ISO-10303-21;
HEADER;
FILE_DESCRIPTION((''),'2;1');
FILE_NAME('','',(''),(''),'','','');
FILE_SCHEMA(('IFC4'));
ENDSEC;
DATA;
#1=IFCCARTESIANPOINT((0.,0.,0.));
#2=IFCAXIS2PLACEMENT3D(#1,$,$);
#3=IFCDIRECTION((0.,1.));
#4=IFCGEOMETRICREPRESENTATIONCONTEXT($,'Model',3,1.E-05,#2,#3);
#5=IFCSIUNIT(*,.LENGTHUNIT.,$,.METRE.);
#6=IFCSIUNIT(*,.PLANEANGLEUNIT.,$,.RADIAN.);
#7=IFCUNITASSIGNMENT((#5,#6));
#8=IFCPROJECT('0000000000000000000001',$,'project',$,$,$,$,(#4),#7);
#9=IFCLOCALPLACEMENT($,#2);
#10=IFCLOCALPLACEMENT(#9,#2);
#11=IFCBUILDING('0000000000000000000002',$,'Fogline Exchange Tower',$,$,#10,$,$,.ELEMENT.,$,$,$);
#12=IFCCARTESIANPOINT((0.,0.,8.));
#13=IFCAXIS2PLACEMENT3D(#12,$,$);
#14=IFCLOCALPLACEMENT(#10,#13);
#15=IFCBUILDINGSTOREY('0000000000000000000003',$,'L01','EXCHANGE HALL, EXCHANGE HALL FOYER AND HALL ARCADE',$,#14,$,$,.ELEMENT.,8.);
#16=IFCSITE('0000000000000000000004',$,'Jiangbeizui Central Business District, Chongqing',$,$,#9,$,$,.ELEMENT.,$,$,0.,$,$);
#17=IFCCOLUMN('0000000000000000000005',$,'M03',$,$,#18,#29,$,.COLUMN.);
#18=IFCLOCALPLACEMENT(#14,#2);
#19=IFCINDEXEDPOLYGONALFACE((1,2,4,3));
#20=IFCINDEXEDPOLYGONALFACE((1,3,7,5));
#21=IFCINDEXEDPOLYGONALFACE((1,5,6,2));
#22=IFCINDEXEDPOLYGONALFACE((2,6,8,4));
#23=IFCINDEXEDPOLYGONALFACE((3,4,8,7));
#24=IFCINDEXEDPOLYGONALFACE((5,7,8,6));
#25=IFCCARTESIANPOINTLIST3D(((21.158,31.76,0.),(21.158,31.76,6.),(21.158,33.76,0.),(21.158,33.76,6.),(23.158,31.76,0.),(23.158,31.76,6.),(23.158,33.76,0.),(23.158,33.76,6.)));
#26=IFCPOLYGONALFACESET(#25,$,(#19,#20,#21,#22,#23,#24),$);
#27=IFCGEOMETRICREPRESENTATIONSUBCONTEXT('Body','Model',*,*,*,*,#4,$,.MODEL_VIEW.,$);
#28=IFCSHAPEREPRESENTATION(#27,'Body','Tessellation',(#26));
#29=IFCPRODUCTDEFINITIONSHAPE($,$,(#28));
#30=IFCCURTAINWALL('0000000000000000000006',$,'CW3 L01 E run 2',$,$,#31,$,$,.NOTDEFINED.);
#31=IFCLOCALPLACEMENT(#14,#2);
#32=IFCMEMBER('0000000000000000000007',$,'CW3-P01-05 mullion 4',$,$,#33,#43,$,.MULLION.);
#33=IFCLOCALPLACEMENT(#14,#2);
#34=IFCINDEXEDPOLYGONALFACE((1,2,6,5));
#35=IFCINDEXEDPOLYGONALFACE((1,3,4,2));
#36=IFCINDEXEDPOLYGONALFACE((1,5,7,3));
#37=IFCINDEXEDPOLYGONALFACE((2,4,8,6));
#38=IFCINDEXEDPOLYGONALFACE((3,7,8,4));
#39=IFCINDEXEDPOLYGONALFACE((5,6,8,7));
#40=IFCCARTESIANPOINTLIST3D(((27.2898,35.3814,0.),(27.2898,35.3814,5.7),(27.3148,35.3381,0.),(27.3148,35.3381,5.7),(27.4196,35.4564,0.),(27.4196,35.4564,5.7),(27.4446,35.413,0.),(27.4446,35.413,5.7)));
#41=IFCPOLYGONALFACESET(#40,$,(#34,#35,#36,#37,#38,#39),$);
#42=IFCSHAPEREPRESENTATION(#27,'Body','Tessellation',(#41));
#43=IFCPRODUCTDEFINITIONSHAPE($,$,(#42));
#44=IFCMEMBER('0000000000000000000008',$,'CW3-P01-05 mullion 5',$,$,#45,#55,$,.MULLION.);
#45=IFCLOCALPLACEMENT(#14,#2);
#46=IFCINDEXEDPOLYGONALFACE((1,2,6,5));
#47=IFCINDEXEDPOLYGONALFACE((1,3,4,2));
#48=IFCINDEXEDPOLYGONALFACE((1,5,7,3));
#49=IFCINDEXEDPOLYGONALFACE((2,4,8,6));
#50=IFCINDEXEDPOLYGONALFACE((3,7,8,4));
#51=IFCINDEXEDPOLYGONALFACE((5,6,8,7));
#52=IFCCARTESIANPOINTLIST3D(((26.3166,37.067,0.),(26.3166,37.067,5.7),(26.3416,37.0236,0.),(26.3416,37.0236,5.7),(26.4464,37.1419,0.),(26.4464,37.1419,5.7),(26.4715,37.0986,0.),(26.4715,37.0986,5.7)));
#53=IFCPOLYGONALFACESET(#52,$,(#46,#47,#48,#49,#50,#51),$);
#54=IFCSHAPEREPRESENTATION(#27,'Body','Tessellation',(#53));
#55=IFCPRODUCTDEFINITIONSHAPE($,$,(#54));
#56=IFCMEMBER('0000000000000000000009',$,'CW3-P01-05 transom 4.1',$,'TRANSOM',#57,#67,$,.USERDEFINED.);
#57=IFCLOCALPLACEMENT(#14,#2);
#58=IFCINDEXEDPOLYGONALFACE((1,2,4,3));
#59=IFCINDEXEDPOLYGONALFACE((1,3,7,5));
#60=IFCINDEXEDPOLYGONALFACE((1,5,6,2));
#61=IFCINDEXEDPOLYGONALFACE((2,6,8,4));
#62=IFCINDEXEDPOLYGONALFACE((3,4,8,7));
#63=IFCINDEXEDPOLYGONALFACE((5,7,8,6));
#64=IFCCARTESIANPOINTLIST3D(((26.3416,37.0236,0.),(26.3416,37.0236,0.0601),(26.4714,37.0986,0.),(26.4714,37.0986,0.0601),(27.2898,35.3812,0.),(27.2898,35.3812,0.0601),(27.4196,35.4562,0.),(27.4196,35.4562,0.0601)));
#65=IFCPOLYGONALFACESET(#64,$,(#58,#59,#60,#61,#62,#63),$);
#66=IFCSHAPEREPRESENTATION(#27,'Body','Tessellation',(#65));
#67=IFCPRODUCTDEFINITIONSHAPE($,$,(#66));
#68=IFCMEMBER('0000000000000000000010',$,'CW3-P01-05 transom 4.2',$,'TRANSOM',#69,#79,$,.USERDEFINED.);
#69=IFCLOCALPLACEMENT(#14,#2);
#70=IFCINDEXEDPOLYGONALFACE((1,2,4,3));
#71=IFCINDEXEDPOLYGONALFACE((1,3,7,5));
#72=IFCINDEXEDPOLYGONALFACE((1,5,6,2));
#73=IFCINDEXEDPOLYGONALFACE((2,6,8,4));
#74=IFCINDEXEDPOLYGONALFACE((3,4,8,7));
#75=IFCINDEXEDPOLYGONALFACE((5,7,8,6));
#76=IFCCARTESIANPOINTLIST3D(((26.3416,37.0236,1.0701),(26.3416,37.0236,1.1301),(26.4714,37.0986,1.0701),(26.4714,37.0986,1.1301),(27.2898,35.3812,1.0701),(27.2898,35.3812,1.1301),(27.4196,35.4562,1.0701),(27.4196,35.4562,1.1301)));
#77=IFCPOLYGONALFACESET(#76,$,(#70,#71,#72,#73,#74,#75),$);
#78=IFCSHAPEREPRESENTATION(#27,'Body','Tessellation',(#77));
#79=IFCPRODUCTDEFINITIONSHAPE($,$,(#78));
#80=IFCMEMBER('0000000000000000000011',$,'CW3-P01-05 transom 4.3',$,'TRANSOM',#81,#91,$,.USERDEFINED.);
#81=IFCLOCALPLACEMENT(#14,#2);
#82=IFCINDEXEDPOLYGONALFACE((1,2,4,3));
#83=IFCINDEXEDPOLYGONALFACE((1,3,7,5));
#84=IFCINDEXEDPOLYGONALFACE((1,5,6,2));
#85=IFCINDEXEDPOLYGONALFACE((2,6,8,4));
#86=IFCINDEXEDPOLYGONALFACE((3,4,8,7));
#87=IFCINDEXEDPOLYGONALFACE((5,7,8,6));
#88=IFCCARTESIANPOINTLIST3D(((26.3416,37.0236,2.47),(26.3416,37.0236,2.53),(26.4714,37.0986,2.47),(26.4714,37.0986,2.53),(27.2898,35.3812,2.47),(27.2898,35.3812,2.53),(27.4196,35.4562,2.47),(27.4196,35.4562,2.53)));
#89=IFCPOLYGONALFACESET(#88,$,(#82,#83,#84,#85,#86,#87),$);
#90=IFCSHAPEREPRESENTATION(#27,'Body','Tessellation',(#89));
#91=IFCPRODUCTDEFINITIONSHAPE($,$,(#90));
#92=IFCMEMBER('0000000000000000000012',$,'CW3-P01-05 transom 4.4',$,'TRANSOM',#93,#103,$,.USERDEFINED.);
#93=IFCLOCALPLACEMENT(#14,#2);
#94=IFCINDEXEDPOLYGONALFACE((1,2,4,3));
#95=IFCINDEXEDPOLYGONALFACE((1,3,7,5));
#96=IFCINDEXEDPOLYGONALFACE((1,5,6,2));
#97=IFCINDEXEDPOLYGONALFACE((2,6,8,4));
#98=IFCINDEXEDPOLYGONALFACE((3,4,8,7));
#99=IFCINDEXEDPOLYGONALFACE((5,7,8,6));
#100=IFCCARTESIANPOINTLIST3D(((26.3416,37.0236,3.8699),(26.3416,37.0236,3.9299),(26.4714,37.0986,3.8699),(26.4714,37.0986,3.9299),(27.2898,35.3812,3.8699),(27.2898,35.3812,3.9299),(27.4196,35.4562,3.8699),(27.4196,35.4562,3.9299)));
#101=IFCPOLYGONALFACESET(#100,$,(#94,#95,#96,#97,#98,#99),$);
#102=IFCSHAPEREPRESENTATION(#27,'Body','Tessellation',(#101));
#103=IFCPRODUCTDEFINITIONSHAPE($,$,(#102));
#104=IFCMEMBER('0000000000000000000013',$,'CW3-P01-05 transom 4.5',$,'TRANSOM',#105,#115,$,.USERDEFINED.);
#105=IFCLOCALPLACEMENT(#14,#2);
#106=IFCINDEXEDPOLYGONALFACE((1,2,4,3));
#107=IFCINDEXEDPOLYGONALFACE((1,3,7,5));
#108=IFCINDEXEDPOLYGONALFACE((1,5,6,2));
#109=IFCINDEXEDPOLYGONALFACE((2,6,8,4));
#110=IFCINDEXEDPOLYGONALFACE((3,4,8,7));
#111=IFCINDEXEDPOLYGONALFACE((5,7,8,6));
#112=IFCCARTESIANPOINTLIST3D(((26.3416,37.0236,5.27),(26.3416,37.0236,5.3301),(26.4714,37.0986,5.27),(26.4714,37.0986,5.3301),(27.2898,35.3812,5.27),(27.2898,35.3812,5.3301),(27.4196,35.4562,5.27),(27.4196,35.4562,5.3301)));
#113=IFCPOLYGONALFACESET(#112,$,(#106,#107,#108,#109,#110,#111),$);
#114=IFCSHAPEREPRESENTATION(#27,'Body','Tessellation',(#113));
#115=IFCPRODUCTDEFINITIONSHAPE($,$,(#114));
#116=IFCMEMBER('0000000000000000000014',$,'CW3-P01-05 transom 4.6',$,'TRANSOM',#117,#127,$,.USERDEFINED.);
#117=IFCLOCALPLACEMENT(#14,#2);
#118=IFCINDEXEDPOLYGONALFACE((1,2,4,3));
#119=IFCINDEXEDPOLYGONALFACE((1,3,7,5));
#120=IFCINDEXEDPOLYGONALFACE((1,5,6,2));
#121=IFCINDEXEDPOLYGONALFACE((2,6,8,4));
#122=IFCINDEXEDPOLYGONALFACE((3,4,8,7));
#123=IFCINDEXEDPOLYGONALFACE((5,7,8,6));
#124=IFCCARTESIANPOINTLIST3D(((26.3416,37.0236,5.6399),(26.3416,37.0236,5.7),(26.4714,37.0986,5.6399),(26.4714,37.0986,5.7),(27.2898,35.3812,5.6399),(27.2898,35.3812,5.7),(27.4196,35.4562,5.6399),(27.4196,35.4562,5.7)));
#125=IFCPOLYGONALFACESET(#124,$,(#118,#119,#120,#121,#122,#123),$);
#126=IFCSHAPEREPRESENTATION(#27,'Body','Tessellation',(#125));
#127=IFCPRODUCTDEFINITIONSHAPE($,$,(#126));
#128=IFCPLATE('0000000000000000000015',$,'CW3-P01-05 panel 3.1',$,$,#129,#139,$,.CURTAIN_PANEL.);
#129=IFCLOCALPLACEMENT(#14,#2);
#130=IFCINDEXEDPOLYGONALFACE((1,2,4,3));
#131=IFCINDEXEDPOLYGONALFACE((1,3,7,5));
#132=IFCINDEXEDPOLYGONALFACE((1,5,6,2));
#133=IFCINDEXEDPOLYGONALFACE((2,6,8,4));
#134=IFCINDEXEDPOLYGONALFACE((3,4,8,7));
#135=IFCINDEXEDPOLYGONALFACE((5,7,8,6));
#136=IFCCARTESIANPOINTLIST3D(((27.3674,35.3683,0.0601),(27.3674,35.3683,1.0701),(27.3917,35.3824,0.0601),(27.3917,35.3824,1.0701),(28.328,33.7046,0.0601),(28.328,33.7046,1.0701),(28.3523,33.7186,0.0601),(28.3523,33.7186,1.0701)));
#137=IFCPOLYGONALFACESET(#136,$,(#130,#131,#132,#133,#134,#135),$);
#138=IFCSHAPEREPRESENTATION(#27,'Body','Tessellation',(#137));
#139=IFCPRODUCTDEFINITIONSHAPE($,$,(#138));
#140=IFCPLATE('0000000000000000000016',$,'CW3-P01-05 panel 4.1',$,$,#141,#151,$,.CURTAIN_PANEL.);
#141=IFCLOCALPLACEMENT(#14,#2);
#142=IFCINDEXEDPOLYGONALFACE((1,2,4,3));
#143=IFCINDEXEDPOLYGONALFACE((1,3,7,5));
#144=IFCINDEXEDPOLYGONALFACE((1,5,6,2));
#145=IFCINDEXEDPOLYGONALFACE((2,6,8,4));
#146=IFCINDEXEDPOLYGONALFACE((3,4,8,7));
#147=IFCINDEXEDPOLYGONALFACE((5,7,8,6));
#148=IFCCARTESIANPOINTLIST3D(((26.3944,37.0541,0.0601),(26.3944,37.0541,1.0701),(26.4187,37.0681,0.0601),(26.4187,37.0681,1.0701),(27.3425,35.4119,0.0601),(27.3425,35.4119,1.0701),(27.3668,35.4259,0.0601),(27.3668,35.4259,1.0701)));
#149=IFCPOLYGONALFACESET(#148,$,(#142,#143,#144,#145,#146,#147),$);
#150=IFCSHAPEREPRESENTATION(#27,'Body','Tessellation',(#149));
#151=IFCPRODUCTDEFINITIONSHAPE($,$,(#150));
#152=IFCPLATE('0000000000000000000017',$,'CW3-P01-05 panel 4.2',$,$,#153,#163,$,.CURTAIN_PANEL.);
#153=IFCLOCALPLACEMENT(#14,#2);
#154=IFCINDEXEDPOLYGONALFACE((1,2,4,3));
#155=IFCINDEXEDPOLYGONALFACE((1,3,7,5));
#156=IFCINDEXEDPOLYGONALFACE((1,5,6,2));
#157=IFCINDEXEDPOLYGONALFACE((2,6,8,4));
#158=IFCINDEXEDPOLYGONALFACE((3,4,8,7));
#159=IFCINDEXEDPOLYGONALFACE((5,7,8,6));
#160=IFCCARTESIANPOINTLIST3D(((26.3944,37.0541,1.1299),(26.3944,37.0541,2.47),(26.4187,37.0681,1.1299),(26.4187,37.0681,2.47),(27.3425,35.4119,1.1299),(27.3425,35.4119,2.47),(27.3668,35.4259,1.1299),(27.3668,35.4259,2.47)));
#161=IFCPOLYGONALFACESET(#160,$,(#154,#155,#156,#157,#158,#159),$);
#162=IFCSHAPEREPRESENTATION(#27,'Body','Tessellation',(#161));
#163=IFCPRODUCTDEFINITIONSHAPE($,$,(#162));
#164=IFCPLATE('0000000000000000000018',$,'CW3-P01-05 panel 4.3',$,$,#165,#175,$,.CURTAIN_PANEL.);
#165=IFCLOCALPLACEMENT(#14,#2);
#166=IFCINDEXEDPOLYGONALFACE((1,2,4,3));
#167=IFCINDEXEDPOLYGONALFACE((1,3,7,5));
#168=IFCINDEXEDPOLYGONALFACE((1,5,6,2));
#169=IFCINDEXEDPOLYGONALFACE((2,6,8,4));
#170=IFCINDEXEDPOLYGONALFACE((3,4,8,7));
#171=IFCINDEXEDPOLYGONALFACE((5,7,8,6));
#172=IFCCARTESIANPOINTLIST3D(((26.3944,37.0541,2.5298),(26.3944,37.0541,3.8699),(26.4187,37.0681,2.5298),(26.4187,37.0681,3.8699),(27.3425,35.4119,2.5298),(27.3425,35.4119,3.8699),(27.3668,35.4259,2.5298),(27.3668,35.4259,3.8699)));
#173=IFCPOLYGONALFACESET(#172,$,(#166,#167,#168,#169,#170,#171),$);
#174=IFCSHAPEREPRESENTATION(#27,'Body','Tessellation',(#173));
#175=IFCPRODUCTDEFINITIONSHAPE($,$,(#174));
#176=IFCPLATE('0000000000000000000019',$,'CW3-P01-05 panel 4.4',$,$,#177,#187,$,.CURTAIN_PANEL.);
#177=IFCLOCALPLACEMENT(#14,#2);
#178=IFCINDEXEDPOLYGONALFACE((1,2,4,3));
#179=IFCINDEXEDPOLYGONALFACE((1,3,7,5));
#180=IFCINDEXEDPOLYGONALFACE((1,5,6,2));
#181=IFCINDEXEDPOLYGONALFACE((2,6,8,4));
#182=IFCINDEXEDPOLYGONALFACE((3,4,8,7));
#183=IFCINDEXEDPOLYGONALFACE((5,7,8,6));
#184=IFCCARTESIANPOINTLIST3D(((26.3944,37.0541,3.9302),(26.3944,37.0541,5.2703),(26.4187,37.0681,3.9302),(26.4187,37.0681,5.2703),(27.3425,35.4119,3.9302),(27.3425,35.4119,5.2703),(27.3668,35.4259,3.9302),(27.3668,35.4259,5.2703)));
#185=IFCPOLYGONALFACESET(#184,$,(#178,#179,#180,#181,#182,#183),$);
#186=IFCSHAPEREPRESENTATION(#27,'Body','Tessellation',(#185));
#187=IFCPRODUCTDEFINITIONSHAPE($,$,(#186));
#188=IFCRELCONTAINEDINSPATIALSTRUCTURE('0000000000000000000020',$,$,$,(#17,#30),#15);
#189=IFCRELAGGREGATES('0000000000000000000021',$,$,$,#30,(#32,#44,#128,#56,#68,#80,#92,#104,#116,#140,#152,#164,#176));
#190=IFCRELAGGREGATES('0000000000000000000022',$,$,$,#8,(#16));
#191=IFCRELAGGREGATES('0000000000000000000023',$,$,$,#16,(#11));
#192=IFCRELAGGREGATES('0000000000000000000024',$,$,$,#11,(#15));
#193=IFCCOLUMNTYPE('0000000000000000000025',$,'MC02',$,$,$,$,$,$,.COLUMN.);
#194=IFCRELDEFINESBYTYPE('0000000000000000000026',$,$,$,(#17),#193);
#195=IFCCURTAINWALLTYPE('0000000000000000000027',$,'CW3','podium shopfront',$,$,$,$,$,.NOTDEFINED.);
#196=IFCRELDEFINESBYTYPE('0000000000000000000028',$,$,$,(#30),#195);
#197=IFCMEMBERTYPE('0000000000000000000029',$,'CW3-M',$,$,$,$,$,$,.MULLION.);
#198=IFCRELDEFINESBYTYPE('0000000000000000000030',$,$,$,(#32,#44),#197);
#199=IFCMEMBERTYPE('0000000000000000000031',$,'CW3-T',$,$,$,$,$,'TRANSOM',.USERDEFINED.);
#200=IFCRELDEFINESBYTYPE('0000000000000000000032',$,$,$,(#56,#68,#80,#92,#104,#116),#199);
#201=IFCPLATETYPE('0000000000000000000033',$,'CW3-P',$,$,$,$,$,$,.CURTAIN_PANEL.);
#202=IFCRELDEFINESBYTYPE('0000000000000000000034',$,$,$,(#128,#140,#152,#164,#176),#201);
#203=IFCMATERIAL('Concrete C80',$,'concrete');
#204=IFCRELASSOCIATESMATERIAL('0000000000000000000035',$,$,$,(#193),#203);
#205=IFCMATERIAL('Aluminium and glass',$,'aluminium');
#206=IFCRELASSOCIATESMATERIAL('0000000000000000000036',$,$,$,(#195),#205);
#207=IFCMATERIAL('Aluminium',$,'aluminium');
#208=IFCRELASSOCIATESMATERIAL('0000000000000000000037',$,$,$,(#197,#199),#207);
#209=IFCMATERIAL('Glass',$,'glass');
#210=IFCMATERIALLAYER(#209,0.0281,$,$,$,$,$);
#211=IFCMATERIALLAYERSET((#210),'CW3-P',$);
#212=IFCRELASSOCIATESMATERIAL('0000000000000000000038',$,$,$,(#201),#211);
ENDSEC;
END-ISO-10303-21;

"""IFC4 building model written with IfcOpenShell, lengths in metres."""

from ifc_helpers import new_model, si_unit, direction, frame, origin, origin_2d, place, context, subcontext, project, spatial, rectangle, extrude, material, layer, layer_set, material_profile, profile_set, type_object, element, aggregate, save


model = new_model("IFC4")

# Units and contexts
model_context = context("Model", 3, precision=1e-05, world=origin(), true_north=direction((0.0, 1.0)))
body_context = subcontext(model_context, "Body", "Model", "MODEL_VIEW")
ifc_project = project(units=[si_unit("LENGTHUNIT", "METRE"), si_unit("PLANEANGLEUNIT", "RADIAN")], contexts=[model_context])

# Site, building, storey
site_placement = place(None, origin())
site = spatial("IfcSite", under=ifc_project, at=site_placement, Name="Jiangbeizui Central Business District, Chongqing", CompositionType="ELEMENT", RefElevation=0.0)
building_placement = place(site_placement, origin())
building = spatial("IfcBuilding", under=site, at=building_placement, Name="Fogline Exchange Tower", CompositionType="ELEMENT")
storey_placement = place(building_placement, frame((0.0, 0.0, 8.0)))
storey = spatial("IfcBuildingStorey", under=building, at=storey_placement, Name="L01", Description="EXCHANGE HALL, EXCHANGE HALL FOYER AND HALL ARCADE", CompositionType="ELEMENT", Elevation=8.0)

# Column
ifc_material_1 = material(Name="Concrete C80", Category="concrete")
ifc_material_profile_1 = material_profile(ifc_material_1, rectangle(XDim=2.0, YDim=2.0, at=origin_2d()), Name="RC 2000x2000")
ifc_profile_set_1 = profile_set([ifc_material_profile_1], Name="Concrete C80")
column_type = type_object("IfcColumnType", Name="MC02", PredefinedType="COLUMN", material=ifc_profile_set_1)
column_placement = place(storey_placement, frame((22.158, 32.76, 0.0), z_axis=(0.0, 0.0, 1.0), x_axis=(1.0, 0.0, 0.0)))
element("IfcColumn", 1, at=column_placement, inside=storey, type_object=column_type, Name="M03", PredefinedType="COLUMN", context=body_context, shape_type="SweptSolid", body=[
    extrude(rectangle(XDim=2.0, YDim=2.0, at=origin_2d()), origin(), (0.0, 0.0, 1.0), 6.0),
])

# Curtain wall, members, plates
ifc_material_2 = material(Name="Aluminium and glass", Category="aluminium")
curtain_wall_type = type_object("IfcCurtainWallType", Name="CW3", Description="podium shopfront", PredefinedType="NOTDEFINED", material=ifc_material_2)
curtain_wall_placement = place(storey_placement, origin())
curtain_wall = element("IfcCurtainWall", 2, at=curtain_wall_placement, inside=storey, type_object=curtain_wall_type, Name="CW3 L01 E run 2", PredefinedType="NOTDEFINED")
ifc_material_3 = material(Name="Aluminium", Category="aluminium")
ifc_material_profile_2 = material_profile(ifc_material_3, rectangle(XDim=0.1499, YDim=0.05, at=origin_2d()), Name="Mullion 50x150")
ifc_profile_set_2 = profile_set([ifc_material_profile_2], Name="Aluminium")
member_type_1 = type_object("IfcMemberType", Name="CW3-M", PredefinedType="MULLION", material=ifc_profile_set_2)
member_1_placement = place(storey_placement, frame((27.3672, 35.3972, 0.0), z_axis=(0.0, 0.0, 1.0), x_axis=(-0.866025, -0.5, 0.0)))
member_1 = element("IfcMember", 3, at=member_1_placement, type_object=member_type_1, Name="CW3-P01-05 mullion 4", PredefinedType="MULLION", context=body_context, shape_type="SweptSolid", body=[
    extrude(rectangle(XDim=0.1499, YDim=0.05, at=origin_2d()), origin(), (0.0, 0.0, 1.0), 5.7),
])
member_2_placement = place(storey_placement, frame((26.394, 37.0828, 0.0), z_axis=(0.0, 0.0, 1.0), x_axis=(-0.866025, -0.5, 0.0)))
member_2 = element("IfcMember", 4, at=member_2_placement, type_object=member_type_1, Name="CW3-P01-05 mullion 5", PredefinedType="MULLION", context=body_context, shape_type="SweptSolid", body=[
    extrude(rectangle(XDim=0.1499, YDim=0.05, at=origin_2d()), origin(), (0.0, 0.0, 1.0), 5.7),
])
ifc_material_profile_3 = material_profile(ifc_material_3, rectangle(XDim=0.1499, YDim=0.0601, at=origin_2d()), Name="Transom 60x150")
ifc_profile_set_3 = profile_set([ifc_material_profile_3], Name="Aluminium")
member_type_2 = type_object("IfcMemberType", Name="CW3-T", ElementType="TRANSOM", PredefinedType="USERDEFINED", material=ifc_profile_set_3)
member_3_placement = place(storey_placement, frame((27.3547, 35.4187, 0.03), z_axis=(-0.500016, 0.866016, 0.0), x_axis=(-0.866016, -0.500016, 0.0)))
member_3 = element("IfcMember", 5, at=member_3_placement, type_object=member_type_2, Name="CW3-P01-05 transom 4.1", ObjectType="TRANSOM", PredefinedType="USERDEFINED", context=body_context, shape_type="SweptSolid", body=[
    extrude(rectangle(XDim=0.1499, YDim=0.0601, at=origin_2d()), origin(), (0.0, 0.0, 1.0), 1.8965),
])
member_4_placement = place(storey_placement, frame((27.3547, 35.4187, 1.1001), z_axis=(-0.500016, 0.866016, 0.0), x_axis=(-0.866016, -0.500016, 0.0)))
member_4 = element("IfcMember", 6, at=member_4_placement, type_object=member_type_2, Name="CW3-P01-05 transom 4.2", ObjectType="TRANSOM", PredefinedType="USERDEFINED", context=body_context, shape_type="SweptSolid", body=[
    extrude(rectangle(XDim=0.1499, YDim=0.0601, at=origin_2d()), origin(), (0.0, 0.0, 1.0), 1.8965),
])
member_5_placement = place(storey_placement, frame((27.3547, 35.4187, 2.5), z_axis=(-0.500016, 0.866016, 0.0), x_axis=(-0.866016, -0.500016, 0.0)))
member_5 = element("IfcMember", 7, at=member_5_placement, type_object=member_type_2, Name="CW3-P01-05 transom 4.3", ObjectType="TRANSOM", PredefinedType="USERDEFINED", context=body_context, shape_type="SweptSolid", body=[
    extrude(rectangle(XDim=0.1499, YDim=0.0601, at=origin_2d()), origin(), (0.0, 0.0, 1.0), 1.8965),
])
member_6_placement = place(storey_placement, frame((27.3547, 35.4187, 3.8999), z_axis=(-0.500016, 0.866016, 0.0), x_axis=(-0.866016, -0.500016, 0.0)))
member_6 = element("IfcMember", 8, at=member_6_placement, type_object=member_type_2, Name="CW3-P01-05 transom 4.4", ObjectType="TRANSOM", PredefinedType="USERDEFINED", context=body_context, shape_type="SweptSolid", body=[
    extrude(rectangle(XDim=0.1499, YDim=0.0601, at=origin_2d()), origin(), (0.0, 0.0, 1.0), 1.8965),
])
member_7_placement = place(storey_placement, frame((27.3547, 35.4187, 5.3), z_axis=(-0.500016, 0.866016, 0.0), x_axis=(-0.866016, -0.500016, 0.0)))
member_7 = element("IfcMember", 9, at=member_7_placement, type_object=member_type_2, Name="CW3-P01-05 transom 4.5", ObjectType="TRANSOM", PredefinedType="USERDEFINED", context=body_context, shape_type="SweptSolid", body=[
    extrude(rectangle(XDim=0.1499, YDim=0.0601, at=origin_2d()), origin(), (0.0, 0.0, 1.0), 1.8965),
])
member_8_placement = place(storey_placement, frame((27.3547, 35.4187, 5.6699), z_axis=(-0.500016, 0.866016, 0.0), x_axis=(-0.866016, -0.500016, 0.0)))
member_8 = element("IfcMember", 10, at=member_8_placement, type_object=member_type_2, Name="CW3-P01-05 transom 4.6", ObjectType="TRANSOM", PredefinedType="USERDEFINED", context=body_context, shape_type="SweptSolid", body=[
    extrude(rectangle(XDim=0.1499, YDim=0.0601, at=origin_2d()), origin(), (0.0, 0.0, 1.0), 1.8965),
])
ifc_material_4 = material(Name="Glass", Category="glass")
ifc_layer_1 = layer(ifc_material_4, 0.0281)
ifc_layer_set_1 = layer_set([ifc_layer_1], Name="CW3-P")
plate_type = type_object("IfcPlateType", Name="CW3-P", PredefinedType="CURTAIN_PANEL", material=ifc_layer_set_1)
plate_1_placement = place(storey_placement, frame((27.8599, 34.5435, 0.0601), z_axis=(0.0, 0.0, 1.0), x_axis=(-0.5, 0.866025, 0.0)))
plate_1 = element("IfcPlate", 11, at=plate_1_placement, type_object=plate_type, Name="CW3-P01-05 panel 3.1", PredefinedType="CURTAIN_PANEL", context=body_context, shape_type="SweptSolid", body=[
    extrude(rectangle(XDim=1.9211, YDim=0.0281, at=origin_2d()), origin(), (0.0, 0.0, 1.0), 1.01),
])
plate_2_placement = place(storey_placement, frame((26.8806, 36.24, 0.0601), z_axis=(0.0, 0.0, 1.0), x_axis=(-0.5, 0.866025, 0.0)))
plate_2 = element("IfcPlate", 12, at=plate_2_placement, type_object=plate_type, Name="CW3-P01-05 panel 4.1", PredefinedType="CURTAIN_PANEL", context=body_context, shape_type="SweptSolid", body=[
    extrude(rectangle(XDim=1.8962, YDim=0.0281, at=origin_2d()), origin(), (0.0, 0.0, 1.0), 1.01),
])
plate_3_placement = place(storey_placement, frame((26.8806, 36.24, 1.1299), z_axis=(0.0, 0.0, 1.0), x_axis=(-0.5, 0.866025, 0.0)))
plate_3 = element("IfcPlate", 13, at=plate_3_placement, type_object=plate_type, Name="CW3-P01-05 panel 4.2", PredefinedType="CURTAIN_PANEL", context=body_context, shape_type="SweptSolid", body=[
    extrude(rectangle(XDim=1.8962, YDim=0.0281, at=origin_2d()), origin(), (0.0, 0.0, 1.0), 1.3401),
])
plate_4_placement = place(storey_placement, frame((26.8806, 36.24, 2.5298), z_axis=(0.0, 0.0, 1.0), x_axis=(-0.5, 0.866025, 0.0)))
plate_4 = element("IfcPlate", 14, at=plate_4_placement, type_object=plate_type, Name="CW3-P01-05 panel 4.3", PredefinedType="CURTAIN_PANEL", context=body_context, shape_type="SweptSolid", body=[
    extrude(rectangle(XDim=1.8962, YDim=0.0281, at=origin_2d()), origin(), (0.0, 0.0, 1.0), 1.3401),
])
plate_5_placement = place(storey_placement, frame((26.8806, 36.24, 3.9302), z_axis=(0.0, 0.0, 1.0), x_axis=(-0.5, 0.866025, 0.0)))
plate_5 = element("IfcPlate", 15, at=plate_5_placement, type_object=plate_type, Name="CW3-P01-05 panel 4.4", PredefinedType="CURTAIN_PANEL", context=body_context, shape_type="SweptSolid", body=[
    extrude(rectangle(XDim=1.8962, YDim=0.0281, at=origin_2d()), origin(), (0.0, 0.0, 1.0), 1.3401),
])
aggregate(curtain_wall, [member_1, member_2, plate_1, member_3, member_4, member_5, member_6, member_7, member_8, plate_2, plate_3, plate_4, plate_5])

save(model, "model.ifc")
